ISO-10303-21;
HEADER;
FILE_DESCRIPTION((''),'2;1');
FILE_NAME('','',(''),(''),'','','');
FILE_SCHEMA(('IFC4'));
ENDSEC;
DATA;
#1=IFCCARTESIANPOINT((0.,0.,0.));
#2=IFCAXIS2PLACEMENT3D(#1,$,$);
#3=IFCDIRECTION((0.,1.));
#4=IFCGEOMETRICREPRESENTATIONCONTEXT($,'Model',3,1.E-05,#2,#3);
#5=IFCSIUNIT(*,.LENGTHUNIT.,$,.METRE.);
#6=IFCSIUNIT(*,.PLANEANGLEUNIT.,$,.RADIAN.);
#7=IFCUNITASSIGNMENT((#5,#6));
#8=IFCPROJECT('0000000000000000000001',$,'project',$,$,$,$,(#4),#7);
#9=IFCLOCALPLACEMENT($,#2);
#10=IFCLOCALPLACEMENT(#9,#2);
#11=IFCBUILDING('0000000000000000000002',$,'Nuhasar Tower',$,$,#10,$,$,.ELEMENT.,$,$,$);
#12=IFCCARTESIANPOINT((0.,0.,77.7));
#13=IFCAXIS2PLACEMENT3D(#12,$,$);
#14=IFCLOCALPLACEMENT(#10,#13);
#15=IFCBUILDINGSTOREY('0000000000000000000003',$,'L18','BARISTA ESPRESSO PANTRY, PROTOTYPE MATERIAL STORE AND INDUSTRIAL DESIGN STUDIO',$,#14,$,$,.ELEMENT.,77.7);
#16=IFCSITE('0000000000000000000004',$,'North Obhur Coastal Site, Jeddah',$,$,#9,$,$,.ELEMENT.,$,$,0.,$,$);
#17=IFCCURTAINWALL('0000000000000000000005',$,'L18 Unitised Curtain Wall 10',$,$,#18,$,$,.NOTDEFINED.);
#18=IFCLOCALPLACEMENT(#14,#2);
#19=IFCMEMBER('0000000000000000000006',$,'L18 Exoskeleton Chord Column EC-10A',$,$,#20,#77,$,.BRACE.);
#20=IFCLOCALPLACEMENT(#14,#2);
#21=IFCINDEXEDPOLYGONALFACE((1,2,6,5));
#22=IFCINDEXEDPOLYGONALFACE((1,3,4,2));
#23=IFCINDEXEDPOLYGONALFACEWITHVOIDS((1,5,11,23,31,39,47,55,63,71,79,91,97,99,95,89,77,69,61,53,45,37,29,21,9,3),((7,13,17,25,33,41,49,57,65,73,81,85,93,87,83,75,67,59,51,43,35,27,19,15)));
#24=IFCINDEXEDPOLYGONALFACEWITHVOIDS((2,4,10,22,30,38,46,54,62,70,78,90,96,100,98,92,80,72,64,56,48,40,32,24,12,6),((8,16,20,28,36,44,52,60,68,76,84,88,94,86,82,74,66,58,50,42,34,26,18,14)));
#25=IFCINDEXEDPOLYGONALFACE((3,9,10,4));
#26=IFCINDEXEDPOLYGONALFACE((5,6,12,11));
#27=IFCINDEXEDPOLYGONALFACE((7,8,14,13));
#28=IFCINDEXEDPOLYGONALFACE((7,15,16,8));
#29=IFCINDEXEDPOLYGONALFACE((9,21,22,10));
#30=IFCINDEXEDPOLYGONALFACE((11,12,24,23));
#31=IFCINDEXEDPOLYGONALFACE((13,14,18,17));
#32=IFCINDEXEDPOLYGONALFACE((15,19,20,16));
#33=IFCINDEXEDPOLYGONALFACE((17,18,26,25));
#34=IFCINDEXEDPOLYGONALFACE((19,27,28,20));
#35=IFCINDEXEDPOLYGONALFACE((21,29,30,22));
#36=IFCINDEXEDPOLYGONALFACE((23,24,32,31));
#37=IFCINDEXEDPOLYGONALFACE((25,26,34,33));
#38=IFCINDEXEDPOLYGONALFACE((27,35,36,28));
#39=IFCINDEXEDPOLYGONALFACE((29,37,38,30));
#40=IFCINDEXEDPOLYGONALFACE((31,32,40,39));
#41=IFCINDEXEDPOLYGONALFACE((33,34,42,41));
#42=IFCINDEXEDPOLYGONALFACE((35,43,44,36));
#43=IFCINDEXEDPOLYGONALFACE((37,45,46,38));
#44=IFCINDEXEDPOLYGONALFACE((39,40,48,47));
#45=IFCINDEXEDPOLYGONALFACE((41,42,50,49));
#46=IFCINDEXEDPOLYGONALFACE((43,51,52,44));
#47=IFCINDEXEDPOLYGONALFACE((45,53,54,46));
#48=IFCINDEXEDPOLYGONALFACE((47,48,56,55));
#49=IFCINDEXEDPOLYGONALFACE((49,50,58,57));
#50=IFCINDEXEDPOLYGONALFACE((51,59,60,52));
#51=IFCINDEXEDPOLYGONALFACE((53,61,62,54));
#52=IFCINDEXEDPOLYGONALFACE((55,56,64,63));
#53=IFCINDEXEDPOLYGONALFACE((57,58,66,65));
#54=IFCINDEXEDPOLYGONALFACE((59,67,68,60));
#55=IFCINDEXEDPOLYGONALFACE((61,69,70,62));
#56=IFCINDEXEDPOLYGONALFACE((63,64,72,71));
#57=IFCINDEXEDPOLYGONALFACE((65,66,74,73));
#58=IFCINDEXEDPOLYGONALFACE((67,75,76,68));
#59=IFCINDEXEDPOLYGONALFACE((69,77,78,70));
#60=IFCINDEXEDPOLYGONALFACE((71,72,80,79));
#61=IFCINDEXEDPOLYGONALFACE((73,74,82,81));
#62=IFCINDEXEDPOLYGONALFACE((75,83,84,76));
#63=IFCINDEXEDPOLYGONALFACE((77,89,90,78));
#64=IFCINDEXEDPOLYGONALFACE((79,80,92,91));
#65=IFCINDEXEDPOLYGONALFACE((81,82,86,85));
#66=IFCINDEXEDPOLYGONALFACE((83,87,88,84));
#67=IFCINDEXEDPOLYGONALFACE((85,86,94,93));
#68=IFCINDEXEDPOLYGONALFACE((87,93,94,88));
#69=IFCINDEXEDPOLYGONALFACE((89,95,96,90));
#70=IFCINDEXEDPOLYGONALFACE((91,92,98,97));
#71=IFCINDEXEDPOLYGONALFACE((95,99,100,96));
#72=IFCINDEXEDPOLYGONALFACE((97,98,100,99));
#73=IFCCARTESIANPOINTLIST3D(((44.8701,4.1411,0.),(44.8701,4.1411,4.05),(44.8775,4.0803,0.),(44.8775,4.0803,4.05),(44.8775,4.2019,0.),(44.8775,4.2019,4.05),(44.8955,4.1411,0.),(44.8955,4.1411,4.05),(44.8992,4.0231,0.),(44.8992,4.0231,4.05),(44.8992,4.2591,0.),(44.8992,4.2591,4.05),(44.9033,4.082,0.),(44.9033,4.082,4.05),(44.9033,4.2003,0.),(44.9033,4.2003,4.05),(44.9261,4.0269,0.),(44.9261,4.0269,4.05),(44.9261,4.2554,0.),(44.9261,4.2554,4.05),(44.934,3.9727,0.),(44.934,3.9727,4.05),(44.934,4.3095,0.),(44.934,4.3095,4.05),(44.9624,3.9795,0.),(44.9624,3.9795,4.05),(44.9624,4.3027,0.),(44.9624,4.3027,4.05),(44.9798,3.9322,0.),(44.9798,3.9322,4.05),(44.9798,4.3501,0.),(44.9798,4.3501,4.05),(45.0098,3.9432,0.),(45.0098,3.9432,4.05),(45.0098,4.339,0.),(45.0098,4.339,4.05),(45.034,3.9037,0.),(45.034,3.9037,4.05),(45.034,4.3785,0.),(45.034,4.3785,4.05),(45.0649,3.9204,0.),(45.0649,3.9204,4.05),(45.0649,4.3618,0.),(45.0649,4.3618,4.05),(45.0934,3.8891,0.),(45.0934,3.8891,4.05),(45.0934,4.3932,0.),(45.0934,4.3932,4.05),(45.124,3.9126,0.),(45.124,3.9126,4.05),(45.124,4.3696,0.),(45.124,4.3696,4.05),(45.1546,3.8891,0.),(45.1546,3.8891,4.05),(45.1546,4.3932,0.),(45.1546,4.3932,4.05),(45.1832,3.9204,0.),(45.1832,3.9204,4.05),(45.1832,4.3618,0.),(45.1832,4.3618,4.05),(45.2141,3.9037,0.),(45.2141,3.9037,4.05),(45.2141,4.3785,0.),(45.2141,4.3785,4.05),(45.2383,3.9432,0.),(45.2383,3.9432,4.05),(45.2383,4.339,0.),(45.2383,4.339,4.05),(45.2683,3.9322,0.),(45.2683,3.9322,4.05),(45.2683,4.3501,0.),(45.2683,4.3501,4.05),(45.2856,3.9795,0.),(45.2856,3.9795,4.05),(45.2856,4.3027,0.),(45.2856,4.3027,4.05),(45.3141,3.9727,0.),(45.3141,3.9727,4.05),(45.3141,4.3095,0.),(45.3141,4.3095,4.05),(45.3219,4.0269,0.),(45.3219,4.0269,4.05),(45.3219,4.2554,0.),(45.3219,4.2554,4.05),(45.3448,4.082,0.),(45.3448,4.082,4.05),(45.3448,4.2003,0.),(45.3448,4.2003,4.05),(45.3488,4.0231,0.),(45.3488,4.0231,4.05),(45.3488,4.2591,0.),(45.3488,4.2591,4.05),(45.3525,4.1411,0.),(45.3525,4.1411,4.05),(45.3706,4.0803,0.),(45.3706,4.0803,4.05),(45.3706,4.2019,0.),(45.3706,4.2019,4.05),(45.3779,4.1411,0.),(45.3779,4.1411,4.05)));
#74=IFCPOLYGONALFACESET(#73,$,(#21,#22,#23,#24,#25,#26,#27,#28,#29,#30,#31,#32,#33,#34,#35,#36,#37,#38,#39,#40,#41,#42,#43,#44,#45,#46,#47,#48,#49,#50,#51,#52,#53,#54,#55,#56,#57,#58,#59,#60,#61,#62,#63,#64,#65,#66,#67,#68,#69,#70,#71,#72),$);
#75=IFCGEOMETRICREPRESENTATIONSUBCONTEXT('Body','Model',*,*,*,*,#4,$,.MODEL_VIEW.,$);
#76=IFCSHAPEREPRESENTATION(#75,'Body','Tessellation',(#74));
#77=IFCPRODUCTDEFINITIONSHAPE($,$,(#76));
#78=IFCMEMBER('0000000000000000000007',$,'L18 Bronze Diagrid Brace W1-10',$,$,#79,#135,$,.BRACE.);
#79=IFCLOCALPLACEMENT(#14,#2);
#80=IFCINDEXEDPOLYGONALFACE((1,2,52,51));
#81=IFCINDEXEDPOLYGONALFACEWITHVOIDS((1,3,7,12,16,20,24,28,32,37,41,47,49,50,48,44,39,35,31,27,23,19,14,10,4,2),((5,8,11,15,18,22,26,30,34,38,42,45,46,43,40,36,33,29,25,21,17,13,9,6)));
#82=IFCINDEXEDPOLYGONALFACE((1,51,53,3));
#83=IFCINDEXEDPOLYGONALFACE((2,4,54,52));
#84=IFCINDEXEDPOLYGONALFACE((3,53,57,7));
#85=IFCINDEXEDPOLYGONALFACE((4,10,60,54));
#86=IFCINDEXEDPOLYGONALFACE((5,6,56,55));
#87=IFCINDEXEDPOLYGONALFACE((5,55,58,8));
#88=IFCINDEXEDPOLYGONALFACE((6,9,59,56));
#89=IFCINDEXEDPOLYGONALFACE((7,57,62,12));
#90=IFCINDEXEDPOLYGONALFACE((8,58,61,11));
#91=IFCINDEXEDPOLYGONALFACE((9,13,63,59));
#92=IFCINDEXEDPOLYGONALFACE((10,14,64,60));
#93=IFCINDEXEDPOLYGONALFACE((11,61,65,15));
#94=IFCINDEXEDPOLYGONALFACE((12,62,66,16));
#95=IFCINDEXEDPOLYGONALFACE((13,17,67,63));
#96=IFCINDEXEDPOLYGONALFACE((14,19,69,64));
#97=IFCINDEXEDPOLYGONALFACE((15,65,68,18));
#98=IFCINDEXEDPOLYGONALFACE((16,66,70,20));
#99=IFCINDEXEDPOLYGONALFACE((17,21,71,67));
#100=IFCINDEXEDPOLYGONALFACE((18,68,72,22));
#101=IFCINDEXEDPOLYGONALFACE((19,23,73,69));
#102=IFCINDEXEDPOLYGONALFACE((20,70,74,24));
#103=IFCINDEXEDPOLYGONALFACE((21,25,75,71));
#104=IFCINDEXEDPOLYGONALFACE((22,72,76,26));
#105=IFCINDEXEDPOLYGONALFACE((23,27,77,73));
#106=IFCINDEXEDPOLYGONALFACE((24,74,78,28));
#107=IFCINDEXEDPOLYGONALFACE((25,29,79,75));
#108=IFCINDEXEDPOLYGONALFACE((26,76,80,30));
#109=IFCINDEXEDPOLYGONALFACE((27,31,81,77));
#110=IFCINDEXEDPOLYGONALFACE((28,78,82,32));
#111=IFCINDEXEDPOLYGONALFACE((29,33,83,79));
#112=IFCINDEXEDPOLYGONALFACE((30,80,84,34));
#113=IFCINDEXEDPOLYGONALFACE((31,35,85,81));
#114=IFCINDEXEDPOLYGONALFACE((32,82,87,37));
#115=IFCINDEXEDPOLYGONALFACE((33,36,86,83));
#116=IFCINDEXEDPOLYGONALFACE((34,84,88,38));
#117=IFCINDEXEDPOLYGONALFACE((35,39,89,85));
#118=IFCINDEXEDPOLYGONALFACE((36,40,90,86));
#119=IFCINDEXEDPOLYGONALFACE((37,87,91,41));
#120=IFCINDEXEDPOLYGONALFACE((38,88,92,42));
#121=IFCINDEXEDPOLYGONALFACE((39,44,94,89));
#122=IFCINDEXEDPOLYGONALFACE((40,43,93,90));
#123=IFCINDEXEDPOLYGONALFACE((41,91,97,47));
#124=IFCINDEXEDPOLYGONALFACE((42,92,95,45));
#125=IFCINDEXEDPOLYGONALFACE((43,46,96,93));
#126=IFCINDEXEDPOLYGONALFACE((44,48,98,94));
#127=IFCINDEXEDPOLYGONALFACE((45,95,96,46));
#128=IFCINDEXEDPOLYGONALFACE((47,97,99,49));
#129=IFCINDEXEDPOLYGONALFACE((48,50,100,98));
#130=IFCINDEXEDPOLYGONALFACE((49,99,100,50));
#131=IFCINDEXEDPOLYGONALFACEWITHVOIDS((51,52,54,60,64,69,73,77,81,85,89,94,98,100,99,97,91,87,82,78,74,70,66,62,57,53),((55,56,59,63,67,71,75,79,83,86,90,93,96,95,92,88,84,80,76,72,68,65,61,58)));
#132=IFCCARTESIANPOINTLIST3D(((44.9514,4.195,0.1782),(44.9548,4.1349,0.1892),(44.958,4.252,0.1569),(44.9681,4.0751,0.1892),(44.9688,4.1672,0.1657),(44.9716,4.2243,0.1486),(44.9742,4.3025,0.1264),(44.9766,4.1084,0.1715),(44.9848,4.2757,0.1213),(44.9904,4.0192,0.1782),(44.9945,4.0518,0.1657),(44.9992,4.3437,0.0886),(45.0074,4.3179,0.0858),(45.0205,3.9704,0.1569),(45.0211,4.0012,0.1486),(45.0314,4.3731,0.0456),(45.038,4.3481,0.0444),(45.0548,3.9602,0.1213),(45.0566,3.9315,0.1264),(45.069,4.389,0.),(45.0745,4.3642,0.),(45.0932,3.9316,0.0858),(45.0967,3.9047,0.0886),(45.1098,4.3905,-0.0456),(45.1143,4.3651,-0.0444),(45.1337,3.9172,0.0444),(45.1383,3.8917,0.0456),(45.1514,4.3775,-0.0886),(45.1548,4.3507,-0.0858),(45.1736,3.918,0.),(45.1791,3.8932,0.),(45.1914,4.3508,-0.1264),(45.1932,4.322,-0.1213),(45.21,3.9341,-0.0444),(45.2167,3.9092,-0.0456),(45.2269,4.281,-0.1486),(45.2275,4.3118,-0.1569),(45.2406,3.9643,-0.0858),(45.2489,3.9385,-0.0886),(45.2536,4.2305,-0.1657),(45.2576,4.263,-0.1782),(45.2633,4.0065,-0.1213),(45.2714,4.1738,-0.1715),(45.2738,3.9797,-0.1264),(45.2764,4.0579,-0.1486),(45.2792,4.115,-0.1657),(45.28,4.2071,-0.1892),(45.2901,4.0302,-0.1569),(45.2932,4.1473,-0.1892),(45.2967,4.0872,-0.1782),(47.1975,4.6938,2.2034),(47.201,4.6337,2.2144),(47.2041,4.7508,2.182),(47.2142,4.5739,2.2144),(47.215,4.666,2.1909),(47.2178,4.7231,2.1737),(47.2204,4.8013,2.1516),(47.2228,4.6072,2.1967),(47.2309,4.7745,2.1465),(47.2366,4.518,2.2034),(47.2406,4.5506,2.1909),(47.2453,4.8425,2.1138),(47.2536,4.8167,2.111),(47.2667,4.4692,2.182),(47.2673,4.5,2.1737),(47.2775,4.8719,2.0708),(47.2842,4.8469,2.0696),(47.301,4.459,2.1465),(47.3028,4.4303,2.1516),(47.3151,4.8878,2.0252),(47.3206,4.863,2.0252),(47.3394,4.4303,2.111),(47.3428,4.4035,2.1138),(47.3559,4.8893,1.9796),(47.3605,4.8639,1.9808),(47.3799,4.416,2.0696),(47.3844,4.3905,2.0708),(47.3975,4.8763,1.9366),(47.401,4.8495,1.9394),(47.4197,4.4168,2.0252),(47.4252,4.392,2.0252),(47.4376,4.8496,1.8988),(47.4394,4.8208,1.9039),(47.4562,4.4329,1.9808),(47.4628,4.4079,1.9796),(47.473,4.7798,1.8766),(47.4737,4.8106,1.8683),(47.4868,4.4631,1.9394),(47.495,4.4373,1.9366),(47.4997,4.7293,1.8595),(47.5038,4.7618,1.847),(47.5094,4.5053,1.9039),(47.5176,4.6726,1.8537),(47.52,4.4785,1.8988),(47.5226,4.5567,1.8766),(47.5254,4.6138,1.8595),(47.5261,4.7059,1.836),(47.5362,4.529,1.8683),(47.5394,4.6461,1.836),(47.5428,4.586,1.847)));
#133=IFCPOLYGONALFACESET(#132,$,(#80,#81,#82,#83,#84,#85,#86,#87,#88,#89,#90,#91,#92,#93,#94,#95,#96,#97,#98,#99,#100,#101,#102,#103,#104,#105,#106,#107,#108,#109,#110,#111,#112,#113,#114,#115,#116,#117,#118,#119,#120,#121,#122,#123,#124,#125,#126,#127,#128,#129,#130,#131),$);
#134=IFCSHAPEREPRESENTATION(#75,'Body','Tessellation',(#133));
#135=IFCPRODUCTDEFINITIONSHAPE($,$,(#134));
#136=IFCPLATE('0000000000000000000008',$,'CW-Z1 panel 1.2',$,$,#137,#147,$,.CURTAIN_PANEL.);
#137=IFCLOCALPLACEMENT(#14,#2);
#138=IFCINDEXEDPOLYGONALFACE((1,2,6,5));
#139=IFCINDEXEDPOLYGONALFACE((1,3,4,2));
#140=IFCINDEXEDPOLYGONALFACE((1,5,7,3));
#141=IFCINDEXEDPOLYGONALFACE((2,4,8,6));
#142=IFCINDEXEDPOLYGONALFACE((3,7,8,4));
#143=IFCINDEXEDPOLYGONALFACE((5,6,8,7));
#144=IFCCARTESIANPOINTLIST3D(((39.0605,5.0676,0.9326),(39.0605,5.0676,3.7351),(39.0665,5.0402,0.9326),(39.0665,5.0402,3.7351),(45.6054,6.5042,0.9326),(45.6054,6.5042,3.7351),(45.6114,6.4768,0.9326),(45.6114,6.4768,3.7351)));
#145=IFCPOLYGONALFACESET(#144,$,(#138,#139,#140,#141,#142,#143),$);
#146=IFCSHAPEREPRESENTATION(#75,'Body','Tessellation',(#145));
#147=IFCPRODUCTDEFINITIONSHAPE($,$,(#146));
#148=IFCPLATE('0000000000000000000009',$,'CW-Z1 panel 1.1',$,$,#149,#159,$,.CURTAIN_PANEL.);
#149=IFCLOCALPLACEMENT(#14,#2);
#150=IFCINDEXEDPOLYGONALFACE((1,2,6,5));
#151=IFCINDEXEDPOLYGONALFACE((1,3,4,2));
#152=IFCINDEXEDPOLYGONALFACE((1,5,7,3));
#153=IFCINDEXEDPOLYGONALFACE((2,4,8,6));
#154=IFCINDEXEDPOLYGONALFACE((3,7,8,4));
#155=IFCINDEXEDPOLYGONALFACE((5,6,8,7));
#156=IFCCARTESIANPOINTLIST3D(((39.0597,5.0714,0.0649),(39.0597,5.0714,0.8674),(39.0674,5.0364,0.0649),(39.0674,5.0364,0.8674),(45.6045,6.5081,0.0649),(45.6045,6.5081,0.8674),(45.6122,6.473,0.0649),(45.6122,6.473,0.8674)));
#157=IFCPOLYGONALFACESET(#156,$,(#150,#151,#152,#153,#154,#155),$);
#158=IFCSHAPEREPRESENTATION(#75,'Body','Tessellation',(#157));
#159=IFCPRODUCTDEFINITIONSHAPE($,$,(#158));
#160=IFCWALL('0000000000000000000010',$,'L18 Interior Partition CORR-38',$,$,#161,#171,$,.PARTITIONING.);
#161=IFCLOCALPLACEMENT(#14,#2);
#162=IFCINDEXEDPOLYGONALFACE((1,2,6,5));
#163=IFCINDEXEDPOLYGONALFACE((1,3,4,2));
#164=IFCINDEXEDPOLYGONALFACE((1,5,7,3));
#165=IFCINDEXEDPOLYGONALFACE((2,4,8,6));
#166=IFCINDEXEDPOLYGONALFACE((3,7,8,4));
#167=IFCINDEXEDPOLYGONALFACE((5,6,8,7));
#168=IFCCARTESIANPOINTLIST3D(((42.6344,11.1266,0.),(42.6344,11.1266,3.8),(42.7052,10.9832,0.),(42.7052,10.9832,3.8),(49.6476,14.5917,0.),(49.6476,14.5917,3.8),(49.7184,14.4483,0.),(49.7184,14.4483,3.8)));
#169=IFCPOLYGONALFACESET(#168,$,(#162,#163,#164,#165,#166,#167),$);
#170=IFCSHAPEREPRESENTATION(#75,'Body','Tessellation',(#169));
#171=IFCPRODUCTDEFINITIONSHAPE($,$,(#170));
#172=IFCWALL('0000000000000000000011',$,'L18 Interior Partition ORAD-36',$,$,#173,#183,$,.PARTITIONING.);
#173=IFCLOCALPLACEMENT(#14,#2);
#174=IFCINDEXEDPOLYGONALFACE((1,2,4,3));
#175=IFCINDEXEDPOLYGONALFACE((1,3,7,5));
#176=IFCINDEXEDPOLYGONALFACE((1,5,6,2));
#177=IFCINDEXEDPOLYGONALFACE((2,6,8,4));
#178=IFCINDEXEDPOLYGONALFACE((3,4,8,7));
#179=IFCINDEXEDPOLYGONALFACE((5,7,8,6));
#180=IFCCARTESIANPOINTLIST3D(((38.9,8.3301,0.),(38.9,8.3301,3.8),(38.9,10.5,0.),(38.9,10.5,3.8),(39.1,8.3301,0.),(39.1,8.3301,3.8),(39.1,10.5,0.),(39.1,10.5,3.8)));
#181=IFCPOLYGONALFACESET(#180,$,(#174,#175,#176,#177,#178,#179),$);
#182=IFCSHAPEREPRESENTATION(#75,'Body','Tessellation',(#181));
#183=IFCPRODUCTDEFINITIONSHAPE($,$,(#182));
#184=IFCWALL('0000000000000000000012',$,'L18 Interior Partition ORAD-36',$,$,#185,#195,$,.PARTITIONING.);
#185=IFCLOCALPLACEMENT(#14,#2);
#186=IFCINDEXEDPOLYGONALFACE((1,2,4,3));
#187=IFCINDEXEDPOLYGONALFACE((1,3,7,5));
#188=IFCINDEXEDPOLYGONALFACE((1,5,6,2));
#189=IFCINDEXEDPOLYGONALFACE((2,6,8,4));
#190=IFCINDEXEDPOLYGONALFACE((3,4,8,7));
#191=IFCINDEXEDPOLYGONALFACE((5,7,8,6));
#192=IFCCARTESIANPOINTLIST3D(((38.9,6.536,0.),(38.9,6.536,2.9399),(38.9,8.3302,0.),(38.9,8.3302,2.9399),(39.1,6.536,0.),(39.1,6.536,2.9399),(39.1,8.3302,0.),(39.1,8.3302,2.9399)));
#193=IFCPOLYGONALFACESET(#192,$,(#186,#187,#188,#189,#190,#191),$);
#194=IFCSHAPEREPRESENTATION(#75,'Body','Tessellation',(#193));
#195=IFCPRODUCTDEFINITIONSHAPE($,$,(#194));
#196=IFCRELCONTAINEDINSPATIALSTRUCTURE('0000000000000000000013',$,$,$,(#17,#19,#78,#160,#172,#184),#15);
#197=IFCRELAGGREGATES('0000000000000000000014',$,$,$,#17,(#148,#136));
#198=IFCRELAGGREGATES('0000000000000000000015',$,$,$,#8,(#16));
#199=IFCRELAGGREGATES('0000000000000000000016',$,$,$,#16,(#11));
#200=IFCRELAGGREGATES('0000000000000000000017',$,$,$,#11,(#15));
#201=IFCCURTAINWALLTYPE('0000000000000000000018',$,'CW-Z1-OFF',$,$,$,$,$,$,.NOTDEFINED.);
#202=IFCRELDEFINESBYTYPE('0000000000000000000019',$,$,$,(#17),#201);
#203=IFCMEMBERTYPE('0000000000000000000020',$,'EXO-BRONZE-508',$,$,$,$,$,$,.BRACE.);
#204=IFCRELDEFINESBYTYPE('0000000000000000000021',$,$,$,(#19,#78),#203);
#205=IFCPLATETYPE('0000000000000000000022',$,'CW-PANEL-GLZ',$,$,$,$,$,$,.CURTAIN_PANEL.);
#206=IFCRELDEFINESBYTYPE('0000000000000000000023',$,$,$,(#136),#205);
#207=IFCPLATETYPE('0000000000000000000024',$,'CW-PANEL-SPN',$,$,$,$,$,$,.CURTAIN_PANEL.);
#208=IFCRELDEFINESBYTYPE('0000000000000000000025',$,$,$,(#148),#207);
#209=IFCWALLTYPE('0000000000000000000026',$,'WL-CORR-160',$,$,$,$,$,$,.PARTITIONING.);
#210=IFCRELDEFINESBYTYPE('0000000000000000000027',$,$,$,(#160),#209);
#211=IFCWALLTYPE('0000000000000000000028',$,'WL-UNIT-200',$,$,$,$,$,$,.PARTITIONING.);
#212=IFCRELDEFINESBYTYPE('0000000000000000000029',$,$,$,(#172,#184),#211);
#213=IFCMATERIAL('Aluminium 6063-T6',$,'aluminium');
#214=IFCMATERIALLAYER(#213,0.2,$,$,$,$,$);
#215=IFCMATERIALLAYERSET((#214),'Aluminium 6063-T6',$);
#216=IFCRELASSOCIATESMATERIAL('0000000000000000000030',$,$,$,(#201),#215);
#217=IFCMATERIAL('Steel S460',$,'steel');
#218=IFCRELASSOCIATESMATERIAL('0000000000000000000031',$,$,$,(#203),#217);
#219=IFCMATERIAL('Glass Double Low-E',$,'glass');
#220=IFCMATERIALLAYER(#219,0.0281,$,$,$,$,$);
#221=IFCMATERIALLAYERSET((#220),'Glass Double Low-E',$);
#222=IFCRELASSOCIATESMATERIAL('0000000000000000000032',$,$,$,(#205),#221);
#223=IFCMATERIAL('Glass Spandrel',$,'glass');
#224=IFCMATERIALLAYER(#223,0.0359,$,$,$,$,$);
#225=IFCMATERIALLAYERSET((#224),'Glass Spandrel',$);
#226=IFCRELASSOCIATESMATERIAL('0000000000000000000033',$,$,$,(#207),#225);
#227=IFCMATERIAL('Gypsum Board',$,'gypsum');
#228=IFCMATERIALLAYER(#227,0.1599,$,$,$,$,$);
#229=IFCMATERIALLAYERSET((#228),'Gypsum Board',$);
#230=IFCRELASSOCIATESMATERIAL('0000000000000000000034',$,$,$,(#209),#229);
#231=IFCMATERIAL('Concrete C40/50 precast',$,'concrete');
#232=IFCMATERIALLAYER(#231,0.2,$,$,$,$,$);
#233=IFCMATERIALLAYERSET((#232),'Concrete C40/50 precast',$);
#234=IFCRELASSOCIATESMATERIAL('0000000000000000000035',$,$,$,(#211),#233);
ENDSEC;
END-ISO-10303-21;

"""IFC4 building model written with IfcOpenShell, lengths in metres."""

from ifc_helpers import new_model, si_unit, direction, frame, frame_2d, origin, origin_2d, place, context, subcontext, project, spatial, rectangle, hollow_circle, extrude, material, layer, layer_set, material_profile, profile_set, type_object, element, aggregate, save


model = new_model("IFC4")

# Units and contexts
model_context = context("Model", 3, precision=1e-05, world=origin(), true_north=direction((0.0, 1.0)))
body_context = subcontext(model_context, "Body", "Model", "MODEL_VIEW")
ifc_project = project(units=[si_unit("LENGTHUNIT", "METRE"), si_unit("PLANEANGLEUNIT", "RADIAN")], contexts=[model_context])

# Site, building, storey
site_placement = place(None, origin())
site = spatial("IfcSite", under=ifc_project, at=site_placement, Name="North Obhur Coastal Site, Jeddah", CompositionType="ELEMENT", RefElevation=0.0)
building_placement = place(site_placement, origin())
building = spatial("IfcBuilding", under=site, at=building_placement, Name="Nuhasar Tower", CompositionType="ELEMENT")
storey_placement = place(building_placement, frame((0.0, 0.0, 77.7)))
storey = spatial("IfcBuildingStorey", under=building, at=storey_placement, Name="L18", Description="BARISTA ESPRESSO PANTRY, PROTOTYPE MATERIAL STORE AND INDUSTRIAL DESIGN STUDIO", CompositionType="ELEMENT", Elevation=77.7)

# Shared definitions
ifc_material_1 = material(Name="Aluminium 6063-T6", Category="aluminium")
ifc_layer_1 = layer(ifc_material_1, 0.2)
ifc_layer_set_1 = layer_set([ifc_layer_1], Name="Aluminium 6063-T6")
curtain_wall_type = type_object("IfcCurtainWallType", Name="CW-Z1-OFF", PredefinedType="NOTDEFINED", material=ifc_layer_set_1)

# Curtain wall
curtain_wall_1_placement = place(storey_placement, origin())
curtain_wall_1 = element("IfcCurtainWall", 1, at=curtain_wall_1_placement, inside=storey, type_object=curtain_wall_type, Name="L18 Unitised Curtain Wall 10", PredefinedType="NOTDEFINED")

# Members
ifc_material_2 = material(Name="Steel S460", Category="steel")
ifc_material_profile_1 = material_profile(ifc_material_2, hollow_circle(Radius=0.2539, WallThickness=0.0254, at=origin_2d()), Name="HSS508X25.4")
ifc_profile_set_1 = profile_set([ifc_material_profile_1], Name="Steel S460")
member_type_1 = type_object("IfcMemberType", Name="EXO-BRONZE-508", PredefinedType="BRACE", material=ifc_profile_set_1)
member_1_placement = place(storey_placement, frame((45.124, 4.1411, 0.0), z_axis=(0.0, 0.0, 1.0), x_axis=(1.0, 0.0, 0.0)))
element("IfcMember", 2, at=member_1_placement, inside=storey, type_object=member_type_1, Name="L18 Exoskeleton Chord Column EC-10A", PredefinedType="BRACE", context=body_context, shape_type="SweptSolid", body=[
    extrude(hollow_circle(Radius=0.2539, WallThickness=0.0254, at=origin_2d()), origin(), (0.0, 0.0, 1.0), 4.05),
])
member_2_placement = place(storey_placement, frame((45.124, 4.1411, 0.0), z_axis=(0.732792, 0.162728, 0.660708), x_axis=(-0.216784, 0.97622, 0.0)))
element("IfcMember", 3, at=member_2_placement, inside=storey, type_object=member_type_1, Name="L18 Bronze Diagrid Brace W1-10", PredefinedType="BRACE", context=body_context, shape_type="SweptSolid", body=[
    extrude(hollow_circle(Radius=0.2539, WallThickness=0.0254, at=origin_2d()), origin(), (0.0, 0.0, 1.0), 3.0652),
])

# Plates
ifc_material_3 = material(Name="Glass Double Low-E", Category="glass")
ifc_layer_2 = layer(ifc_material_3, 0.0281)
ifc_layer_set_2 = layer_set([ifc_layer_2], Name="Glass Double Low-E")
plate_type_1 = type_object("IfcPlateType", Name="CW-PANEL-GLZ", PredefinedType="CURTAIN_PANEL", material=ifc_layer_set_2)
plate_1_placement = place(storey_placement, frame((42.3359, 5.7722, 0.9326), z_axis=(0.0, 0.0, 1.0), x_axis=(0.976746, 0.214399, 0.0)))
plate_1 = element("IfcPlate", 4, at=plate_1_placement, type_object=plate_type_1, Name="CW-Z1 panel 1.2", PredefinedType="CURTAIN_PANEL", context=body_context, shape_type="SweptSolid", body=[
    extrude(rectangle(XDim=6.7007, YDim=0.0281, at=origin_2d()), origin(), (0.0, 0.0, 1.0), 2.8025),
])
ifc_material_4 = material(Name="Glass Spandrel", Category="glass")
ifc_layer_3 = layer(ifc_material_4, 0.0359)
ifc_layer_set_3 = layer_set([ifc_layer_3], Name="Glass Spandrel")
plate_type_2 = type_object("IfcPlateType", Name="CW-PANEL-SPN", PredefinedType="CURTAIN_PANEL", material=ifc_layer_set_3)
plate_2_placement = place(storey_placement, frame((42.3359, 5.7722, 0.0649), z_axis=(0.0, 0.0, 1.0), x_axis=(0.976746, 0.214399, 0.0)))
plate_2 = element("IfcPlate", 5, at=plate_2_placement, type_object=plate_type_2, Name="CW-Z1 panel 1.1", PredefinedType="CURTAIN_PANEL", context=body_context, shape_type="SweptSolid", body=[
    extrude(rectangle(XDim=6.7007, YDim=0.0359, at=origin_2d()), origin(), (0.0, 0.0, 1.0), 0.8025),
])
aggregate(curtain_wall_1, [plate_2, plate_1])

# Shared definitions
ifc_material_5 = material(Name="Gypsum Board", Category="gypsum")
ifc_layer_4 = layer(ifc_material_5, 0.1599)
ifc_layer_set_4 = layer_set([ifc_layer_4], Name="Gypsum Board")
wall_type_1 = type_object("IfcWallType", Name="WL-CORR-160", PredefinedType="PARTITIONING", material=ifc_layer_set_4)

# Walls
wall_1_placement = place(storey_placement, frame((42.6699, 11.0549, 0.0), z_axis=(0.0, 0.0, 1.0), x_axis=(0.896539, 0.442964, 0.0)))
element("IfcWall", 6, at=wall_1_placement, inside=storey, type_object=wall_type_1, Name="L18 Interior Partition CORR-38", PredefinedType="PARTITIONING", context=body_context, shape_type="SweptSolid", body=[
    extrude(rectangle(XDim=7.8225, YDim=0.1599, at=frame_2d((3.9111, 0.0))), origin(), (0.0, 0.0, 1.0), 3.8),
])
ifc_material_6 = material(Name="Concrete C40/50 precast", Category="concrete")
ifc_layer_5 = layer(ifc_material_6, 0.2)
ifc_layer_set_5 = layer_set([ifc_layer_5], Name="Concrete C40/50 precast")
wall_type_2 = type_object("IfcWallType", Name="WL-UNIT-200", PredefinedType="PARTITIONING", material=ifc_layer_set_5)
wall_2_placement = place(storey_placement, frame((39.0, 10.5, 0.0), z_axis=(0.0, 0.0, 1.0), x_axis=(0.0, -1.0, 0.0)))
element("IfcWall", 7, at=wall_2_placement, inside=storey, type_object=wall_type_2, Name="L18 Interior Partition ORAD-36", PredefinedType="PARTITIONING", context=body_context, shape_type="SweptSolid", body=[
    extrude(rectangle(XDim=2.1699, YDim=0.2, at=frame_2d((1.085, 0.0))), origin(), (0.0, 0.0, 1.0), 3.8),
])
wall_3_placement = place(storey_placement, frame((39.0, 8.3301, 0.0), z_axis=(0.0, 0.0, 1.0), x_axis=(0.0, -1.0, 0.0)))
element("IfcWall", 8, at=wall_3_placement, inside=storey, type_object=wall_type_2, Name="L18 Interior Partition ORAD-36", PredefinedType="PARTITIONING", context=body_context, shape_type="SweptSolid", body=[
    extrude(rectangle(XDim=1.7942, YDim=0.2, at=frame_2d((0.897, 0.0))), origin(), (0.0, 0.0, 1.0), 2.9399),
])

save(model, "model.ifc")
